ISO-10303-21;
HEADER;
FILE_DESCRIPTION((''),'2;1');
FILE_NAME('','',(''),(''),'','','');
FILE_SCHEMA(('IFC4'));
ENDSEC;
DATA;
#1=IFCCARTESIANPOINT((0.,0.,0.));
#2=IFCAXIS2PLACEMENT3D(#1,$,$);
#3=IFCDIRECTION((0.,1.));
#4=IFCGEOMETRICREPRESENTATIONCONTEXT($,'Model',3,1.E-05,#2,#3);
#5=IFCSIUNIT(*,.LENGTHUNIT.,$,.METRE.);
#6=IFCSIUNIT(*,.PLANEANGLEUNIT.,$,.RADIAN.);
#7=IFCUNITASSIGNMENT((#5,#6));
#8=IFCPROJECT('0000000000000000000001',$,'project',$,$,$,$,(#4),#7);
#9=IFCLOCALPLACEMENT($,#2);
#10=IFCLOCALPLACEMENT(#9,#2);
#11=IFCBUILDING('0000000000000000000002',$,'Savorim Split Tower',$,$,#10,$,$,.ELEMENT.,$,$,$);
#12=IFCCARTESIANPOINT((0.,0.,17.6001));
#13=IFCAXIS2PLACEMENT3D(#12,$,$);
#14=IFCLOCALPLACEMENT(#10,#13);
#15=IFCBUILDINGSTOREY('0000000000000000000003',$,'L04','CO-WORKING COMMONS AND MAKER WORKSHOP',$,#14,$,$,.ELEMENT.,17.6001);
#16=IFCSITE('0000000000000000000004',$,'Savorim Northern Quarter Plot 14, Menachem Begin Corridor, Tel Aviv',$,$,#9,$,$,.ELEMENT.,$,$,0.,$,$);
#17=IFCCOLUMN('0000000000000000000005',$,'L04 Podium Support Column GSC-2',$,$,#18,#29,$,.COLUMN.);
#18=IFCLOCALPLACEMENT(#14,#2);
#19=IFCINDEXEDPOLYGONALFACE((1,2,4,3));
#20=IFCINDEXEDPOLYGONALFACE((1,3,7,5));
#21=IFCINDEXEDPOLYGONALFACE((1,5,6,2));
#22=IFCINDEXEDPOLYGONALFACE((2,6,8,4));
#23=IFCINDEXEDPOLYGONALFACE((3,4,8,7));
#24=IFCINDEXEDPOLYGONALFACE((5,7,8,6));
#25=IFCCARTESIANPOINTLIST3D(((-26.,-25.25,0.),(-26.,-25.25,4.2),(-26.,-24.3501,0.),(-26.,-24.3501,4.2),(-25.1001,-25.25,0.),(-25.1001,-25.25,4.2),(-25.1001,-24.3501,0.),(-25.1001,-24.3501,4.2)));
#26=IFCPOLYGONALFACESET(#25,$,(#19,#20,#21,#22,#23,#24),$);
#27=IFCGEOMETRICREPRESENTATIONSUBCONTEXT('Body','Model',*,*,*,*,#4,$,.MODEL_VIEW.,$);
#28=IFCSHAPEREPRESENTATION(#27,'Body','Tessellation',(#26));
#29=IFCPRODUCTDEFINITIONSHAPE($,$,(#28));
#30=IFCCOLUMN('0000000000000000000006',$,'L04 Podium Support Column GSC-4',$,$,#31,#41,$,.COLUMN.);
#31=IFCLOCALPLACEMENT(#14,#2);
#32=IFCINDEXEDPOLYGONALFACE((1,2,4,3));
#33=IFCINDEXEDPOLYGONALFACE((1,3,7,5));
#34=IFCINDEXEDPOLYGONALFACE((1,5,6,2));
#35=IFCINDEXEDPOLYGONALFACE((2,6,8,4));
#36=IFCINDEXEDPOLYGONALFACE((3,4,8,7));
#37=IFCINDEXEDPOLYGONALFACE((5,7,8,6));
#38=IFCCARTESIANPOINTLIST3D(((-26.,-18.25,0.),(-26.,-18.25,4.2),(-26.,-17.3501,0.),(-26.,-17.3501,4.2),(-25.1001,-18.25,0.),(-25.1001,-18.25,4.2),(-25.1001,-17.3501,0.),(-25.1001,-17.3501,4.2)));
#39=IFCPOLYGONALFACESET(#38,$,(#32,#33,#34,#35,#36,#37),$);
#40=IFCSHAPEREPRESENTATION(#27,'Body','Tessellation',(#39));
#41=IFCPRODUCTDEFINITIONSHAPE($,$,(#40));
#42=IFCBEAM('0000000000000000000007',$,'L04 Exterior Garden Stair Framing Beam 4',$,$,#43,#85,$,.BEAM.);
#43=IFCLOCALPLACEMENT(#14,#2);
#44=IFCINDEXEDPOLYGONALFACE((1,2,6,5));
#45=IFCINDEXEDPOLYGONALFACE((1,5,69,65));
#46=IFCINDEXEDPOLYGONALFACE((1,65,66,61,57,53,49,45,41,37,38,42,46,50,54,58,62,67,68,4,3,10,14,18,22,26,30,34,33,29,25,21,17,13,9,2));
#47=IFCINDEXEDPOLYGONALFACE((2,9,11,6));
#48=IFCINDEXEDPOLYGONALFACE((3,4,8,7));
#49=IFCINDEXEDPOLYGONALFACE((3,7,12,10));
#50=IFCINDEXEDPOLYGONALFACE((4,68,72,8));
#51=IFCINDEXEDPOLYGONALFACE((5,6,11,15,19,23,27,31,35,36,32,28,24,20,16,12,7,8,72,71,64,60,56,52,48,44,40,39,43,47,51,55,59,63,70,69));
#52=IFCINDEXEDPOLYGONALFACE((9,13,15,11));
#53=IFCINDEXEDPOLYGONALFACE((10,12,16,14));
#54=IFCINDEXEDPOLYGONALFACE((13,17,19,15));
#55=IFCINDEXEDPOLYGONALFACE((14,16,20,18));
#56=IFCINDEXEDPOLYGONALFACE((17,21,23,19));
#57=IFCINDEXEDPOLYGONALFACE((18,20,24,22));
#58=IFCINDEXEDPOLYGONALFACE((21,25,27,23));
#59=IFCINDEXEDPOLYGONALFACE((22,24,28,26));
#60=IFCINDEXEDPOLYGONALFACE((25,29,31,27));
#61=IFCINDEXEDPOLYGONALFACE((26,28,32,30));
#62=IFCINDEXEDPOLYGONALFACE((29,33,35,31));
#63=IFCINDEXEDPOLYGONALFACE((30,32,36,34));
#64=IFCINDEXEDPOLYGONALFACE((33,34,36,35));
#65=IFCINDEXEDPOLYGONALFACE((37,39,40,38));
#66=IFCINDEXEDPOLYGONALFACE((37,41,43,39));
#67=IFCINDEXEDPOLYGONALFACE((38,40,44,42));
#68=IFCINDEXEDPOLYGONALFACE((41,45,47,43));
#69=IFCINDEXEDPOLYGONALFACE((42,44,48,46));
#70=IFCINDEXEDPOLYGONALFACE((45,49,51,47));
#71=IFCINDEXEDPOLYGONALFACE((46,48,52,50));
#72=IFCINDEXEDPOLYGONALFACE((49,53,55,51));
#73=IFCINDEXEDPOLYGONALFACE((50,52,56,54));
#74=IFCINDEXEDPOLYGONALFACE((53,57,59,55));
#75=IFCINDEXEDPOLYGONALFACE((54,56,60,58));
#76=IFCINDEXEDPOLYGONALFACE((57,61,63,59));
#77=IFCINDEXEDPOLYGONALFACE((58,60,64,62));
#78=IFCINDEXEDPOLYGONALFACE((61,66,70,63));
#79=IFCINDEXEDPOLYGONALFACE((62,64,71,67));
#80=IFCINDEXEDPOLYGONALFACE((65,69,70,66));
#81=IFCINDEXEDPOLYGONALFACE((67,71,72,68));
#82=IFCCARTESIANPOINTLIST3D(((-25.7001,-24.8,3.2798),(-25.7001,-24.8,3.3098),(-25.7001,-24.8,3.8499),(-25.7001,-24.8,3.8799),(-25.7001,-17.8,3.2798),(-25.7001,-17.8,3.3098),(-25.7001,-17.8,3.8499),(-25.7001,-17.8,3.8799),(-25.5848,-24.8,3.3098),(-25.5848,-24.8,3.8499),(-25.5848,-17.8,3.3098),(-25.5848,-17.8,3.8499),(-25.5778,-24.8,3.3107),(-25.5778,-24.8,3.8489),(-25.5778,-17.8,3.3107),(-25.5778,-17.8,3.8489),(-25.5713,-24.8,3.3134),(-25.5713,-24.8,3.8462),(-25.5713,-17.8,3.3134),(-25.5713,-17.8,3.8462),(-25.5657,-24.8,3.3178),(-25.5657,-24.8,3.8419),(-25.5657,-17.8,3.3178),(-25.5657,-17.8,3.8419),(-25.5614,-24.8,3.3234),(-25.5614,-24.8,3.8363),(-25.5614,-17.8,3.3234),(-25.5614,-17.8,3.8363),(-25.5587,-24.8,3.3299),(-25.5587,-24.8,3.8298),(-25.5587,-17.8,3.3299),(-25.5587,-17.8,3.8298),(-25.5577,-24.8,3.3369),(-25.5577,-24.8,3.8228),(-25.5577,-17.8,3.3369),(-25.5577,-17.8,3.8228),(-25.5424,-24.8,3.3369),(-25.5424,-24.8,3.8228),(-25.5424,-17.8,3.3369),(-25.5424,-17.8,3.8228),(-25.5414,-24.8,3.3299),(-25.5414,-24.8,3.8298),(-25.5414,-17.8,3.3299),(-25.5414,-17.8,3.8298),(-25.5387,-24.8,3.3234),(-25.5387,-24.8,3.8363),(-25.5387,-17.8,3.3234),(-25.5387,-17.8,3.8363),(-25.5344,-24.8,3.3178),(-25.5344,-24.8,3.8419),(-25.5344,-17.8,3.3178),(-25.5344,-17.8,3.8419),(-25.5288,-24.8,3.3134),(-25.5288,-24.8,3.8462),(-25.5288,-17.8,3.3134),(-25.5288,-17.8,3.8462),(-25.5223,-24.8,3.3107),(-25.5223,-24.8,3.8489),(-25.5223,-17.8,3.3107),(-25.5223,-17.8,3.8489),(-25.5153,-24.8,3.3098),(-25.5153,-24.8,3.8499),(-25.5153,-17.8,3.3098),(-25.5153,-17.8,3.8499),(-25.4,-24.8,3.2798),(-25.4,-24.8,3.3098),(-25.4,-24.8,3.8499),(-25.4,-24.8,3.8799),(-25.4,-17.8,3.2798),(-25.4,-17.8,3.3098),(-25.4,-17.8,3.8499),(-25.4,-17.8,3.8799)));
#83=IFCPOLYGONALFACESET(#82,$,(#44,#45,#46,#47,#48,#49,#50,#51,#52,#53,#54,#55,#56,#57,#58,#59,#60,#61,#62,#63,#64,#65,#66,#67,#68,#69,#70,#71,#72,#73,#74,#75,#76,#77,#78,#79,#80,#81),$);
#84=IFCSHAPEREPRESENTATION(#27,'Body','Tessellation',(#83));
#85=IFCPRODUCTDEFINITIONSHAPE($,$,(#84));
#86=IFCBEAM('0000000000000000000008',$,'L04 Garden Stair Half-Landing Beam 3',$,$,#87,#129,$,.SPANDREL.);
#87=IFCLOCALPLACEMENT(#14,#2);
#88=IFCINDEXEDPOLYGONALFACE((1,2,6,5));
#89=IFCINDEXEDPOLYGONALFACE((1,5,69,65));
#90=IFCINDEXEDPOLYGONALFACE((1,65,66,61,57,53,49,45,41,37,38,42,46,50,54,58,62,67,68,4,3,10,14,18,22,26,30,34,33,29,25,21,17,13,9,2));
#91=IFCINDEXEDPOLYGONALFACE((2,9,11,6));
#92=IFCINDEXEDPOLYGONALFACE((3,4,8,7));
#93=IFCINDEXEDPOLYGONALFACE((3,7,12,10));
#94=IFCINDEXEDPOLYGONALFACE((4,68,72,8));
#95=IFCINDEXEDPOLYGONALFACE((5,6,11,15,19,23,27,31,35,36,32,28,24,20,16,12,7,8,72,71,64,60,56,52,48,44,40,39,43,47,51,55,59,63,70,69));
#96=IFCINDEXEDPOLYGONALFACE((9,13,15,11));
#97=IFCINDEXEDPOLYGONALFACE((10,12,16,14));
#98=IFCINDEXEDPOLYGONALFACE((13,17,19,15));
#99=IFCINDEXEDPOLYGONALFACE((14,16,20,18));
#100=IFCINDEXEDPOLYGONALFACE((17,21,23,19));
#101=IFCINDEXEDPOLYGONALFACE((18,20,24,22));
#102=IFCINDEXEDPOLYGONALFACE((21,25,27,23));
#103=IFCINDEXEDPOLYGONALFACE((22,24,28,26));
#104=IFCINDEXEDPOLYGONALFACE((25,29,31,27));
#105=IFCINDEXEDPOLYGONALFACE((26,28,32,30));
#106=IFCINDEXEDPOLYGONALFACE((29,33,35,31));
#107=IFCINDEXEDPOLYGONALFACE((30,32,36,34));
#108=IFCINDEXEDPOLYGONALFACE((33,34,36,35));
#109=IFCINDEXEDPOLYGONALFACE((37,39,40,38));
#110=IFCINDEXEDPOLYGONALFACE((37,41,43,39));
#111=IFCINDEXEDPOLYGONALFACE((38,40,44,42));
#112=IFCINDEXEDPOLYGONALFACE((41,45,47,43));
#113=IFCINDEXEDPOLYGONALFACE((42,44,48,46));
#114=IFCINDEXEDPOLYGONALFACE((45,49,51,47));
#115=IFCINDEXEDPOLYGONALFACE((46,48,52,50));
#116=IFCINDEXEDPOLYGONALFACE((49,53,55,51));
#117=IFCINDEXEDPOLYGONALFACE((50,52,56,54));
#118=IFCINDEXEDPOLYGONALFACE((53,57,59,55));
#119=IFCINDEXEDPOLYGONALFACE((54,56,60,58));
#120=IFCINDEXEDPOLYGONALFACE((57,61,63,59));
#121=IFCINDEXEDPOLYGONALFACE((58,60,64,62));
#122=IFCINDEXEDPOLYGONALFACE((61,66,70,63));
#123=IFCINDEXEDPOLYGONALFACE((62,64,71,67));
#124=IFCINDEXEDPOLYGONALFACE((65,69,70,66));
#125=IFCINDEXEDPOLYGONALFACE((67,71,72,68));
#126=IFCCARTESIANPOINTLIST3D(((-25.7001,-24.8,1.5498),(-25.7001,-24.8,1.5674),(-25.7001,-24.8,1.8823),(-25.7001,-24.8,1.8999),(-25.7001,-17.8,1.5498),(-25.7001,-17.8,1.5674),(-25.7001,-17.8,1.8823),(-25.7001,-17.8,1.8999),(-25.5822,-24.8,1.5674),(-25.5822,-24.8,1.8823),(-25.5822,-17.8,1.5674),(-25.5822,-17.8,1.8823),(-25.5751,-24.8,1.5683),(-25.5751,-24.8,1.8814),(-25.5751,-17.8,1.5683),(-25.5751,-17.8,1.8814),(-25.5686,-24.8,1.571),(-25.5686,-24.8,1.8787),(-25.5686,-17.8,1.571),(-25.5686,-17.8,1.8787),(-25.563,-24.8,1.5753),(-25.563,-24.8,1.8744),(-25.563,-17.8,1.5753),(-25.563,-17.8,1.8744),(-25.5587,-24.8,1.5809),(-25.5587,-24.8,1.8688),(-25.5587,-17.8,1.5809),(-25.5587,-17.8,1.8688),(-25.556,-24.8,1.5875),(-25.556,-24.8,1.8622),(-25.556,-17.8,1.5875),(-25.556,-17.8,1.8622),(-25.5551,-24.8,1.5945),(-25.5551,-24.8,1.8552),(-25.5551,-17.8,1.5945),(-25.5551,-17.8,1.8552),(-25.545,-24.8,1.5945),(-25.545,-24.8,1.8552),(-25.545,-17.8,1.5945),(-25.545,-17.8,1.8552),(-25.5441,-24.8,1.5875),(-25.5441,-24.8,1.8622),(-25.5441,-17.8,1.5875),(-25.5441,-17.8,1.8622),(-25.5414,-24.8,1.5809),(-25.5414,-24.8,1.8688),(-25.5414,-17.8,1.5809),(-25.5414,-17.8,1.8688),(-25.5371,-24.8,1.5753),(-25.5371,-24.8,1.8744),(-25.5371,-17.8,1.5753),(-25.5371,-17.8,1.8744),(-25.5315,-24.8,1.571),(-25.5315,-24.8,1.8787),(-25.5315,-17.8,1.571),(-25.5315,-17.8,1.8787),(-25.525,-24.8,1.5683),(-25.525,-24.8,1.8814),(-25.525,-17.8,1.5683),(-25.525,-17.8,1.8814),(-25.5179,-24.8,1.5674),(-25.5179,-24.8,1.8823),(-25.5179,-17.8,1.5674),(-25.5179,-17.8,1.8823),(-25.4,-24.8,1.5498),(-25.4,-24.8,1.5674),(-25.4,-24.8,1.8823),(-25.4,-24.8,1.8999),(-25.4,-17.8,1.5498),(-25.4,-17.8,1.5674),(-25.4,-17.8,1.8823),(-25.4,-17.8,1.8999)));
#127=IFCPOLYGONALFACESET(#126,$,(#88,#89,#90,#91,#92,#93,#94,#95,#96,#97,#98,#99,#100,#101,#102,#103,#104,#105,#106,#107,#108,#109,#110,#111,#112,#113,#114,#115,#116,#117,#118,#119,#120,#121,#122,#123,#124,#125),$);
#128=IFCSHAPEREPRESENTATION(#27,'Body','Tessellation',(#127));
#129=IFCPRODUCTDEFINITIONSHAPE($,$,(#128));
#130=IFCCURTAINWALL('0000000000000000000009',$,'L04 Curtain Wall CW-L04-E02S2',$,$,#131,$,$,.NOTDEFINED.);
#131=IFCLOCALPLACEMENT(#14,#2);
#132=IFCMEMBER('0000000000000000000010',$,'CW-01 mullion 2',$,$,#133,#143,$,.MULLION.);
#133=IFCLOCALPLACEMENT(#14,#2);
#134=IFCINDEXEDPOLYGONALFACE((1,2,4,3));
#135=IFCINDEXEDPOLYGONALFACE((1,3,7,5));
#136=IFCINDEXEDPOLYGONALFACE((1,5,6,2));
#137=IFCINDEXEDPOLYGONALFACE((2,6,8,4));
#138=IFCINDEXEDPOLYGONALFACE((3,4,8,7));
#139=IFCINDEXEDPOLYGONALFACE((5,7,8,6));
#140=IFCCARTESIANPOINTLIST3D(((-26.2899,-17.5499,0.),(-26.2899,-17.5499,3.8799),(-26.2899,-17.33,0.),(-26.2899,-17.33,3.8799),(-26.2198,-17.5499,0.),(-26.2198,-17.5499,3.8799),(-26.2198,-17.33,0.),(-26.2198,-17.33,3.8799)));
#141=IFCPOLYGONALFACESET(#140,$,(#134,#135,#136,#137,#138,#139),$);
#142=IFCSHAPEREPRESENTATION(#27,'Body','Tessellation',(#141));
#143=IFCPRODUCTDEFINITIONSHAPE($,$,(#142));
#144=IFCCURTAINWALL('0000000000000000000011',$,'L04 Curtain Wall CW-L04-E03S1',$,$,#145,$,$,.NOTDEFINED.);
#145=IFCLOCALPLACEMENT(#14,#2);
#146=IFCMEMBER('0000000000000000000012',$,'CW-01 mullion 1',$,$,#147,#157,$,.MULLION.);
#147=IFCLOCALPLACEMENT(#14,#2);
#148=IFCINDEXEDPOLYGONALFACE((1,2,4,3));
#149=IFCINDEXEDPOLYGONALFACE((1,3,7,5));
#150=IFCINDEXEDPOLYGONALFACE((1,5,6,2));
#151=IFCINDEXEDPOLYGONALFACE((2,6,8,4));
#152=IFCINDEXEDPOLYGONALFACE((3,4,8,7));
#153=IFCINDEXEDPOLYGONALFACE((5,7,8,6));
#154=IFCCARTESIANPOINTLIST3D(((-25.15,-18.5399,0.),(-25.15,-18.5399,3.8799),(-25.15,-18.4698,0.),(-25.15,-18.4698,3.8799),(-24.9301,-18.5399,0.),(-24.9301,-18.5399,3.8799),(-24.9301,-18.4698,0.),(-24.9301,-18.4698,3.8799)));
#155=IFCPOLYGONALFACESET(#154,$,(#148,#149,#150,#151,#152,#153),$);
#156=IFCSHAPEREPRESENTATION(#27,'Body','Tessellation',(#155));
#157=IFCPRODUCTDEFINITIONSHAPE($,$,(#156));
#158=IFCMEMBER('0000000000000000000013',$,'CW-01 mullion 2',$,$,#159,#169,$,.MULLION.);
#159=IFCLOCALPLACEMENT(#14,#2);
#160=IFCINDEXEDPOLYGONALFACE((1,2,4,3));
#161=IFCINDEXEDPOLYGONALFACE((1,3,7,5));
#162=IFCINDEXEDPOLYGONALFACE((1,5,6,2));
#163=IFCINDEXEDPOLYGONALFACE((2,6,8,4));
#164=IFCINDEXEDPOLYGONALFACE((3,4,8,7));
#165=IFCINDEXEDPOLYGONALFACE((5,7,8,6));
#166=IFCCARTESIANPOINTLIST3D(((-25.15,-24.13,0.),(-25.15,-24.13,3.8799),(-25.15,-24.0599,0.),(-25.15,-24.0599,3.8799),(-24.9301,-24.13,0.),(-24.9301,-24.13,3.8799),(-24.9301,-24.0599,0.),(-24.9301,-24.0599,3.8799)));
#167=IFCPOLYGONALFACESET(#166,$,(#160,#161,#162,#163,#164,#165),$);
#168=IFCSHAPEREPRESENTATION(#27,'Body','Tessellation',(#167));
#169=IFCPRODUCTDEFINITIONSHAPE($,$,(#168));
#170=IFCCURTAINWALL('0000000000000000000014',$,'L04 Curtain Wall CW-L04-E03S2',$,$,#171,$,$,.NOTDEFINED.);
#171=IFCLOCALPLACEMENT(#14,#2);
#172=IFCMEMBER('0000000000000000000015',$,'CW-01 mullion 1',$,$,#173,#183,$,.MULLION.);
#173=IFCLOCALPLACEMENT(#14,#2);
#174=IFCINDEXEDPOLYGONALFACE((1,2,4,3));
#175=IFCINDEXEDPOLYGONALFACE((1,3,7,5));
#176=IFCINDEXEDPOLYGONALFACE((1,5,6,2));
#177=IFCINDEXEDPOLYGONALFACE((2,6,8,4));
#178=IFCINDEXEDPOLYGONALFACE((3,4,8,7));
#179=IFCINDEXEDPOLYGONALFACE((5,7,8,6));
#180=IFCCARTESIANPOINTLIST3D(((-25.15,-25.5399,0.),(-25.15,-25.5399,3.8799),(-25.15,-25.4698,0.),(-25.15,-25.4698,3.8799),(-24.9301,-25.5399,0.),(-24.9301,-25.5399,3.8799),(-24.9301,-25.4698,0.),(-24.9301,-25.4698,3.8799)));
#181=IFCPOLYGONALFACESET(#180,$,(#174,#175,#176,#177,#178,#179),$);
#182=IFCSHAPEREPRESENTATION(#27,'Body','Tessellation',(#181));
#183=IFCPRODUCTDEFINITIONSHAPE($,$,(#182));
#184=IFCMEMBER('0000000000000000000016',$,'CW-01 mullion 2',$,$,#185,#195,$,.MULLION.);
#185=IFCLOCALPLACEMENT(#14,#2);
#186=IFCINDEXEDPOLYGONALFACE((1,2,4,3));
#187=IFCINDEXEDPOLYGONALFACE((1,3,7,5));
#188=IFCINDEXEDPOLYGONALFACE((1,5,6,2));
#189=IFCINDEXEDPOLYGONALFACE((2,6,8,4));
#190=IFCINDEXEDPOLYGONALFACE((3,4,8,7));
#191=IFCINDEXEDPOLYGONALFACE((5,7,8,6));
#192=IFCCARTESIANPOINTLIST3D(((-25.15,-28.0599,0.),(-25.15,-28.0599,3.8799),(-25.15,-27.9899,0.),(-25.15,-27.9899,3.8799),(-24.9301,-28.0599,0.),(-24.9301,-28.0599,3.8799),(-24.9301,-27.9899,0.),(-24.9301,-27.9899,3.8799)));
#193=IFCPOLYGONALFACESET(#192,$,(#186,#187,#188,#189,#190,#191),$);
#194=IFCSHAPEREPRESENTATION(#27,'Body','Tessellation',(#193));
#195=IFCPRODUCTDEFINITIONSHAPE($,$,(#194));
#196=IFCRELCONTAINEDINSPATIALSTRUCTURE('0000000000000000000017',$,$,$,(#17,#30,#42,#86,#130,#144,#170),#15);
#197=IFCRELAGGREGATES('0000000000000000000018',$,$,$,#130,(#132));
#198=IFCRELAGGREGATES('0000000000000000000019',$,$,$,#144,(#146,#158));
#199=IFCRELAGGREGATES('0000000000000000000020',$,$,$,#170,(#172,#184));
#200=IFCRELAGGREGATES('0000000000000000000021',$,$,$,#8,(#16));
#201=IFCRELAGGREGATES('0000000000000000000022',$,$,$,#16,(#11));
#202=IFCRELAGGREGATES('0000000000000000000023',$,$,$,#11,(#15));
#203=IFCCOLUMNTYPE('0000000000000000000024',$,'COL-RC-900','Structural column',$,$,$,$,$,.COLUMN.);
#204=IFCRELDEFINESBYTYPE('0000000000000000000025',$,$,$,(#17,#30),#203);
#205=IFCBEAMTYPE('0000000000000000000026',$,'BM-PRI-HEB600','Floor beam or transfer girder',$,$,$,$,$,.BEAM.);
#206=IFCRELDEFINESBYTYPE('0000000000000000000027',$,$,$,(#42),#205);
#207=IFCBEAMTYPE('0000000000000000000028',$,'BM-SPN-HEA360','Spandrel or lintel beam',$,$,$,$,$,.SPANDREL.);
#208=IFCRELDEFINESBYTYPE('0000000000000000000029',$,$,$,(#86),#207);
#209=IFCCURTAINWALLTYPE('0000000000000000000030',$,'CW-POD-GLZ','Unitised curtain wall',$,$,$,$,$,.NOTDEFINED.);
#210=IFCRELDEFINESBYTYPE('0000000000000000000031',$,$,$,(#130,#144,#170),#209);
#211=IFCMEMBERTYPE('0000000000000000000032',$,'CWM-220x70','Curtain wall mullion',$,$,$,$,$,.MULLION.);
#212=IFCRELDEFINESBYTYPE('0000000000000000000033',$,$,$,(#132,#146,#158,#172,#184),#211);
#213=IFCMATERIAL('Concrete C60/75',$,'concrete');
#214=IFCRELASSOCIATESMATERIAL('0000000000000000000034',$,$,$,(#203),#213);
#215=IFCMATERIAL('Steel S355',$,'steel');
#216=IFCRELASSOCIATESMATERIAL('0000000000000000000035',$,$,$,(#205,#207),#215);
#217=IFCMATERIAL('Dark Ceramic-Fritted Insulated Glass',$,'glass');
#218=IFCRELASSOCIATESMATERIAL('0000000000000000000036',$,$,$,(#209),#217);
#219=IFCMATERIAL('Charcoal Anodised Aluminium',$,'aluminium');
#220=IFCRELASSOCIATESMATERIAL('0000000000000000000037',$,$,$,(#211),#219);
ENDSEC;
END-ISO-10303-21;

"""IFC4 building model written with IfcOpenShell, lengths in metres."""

from ifc_helpers import new_model, si_unit, direction, frame, origin, origin_2d, place, context, subcontext, project, spatial, rectangle, i_section, extrude, material, material_profile, profile_set, type_object, element, aggregate, save


model = new_model("IFC4")

# Units and contexts
model_context = context("Model", 3, precision=1e-05, world=origin(), true_north=direction((0.0, 1.0)))
body_context = subcontext(model_context, "Body", "Model", "MODEL_VIEW")
ifc_project = project(units=[si_unit("LENGTHUNIT", "METRE"), si_unit("PLANEANGLEUNIT", "RADIAN")], contexts=[model_context])

# Site, building, storey
site_placement = place(None, origin())
site = spatial("IfcSite", under=ifc_project, at=site_placement, Name="Savorim Northern Quarter Plot 14, Menachem Begin Corridor, Tel Aviv", CompositionType="ELEMENT", RefElevation=0.0)
building_placement = place(site_placement, origin())
building = spatial("IfcBuilding", under=site, at=building_placement, Name="Savorim Split Tower", CompositionType="ELEMENT")
storey_placement = place(building_placement, frame((0.0, 0.0, 17.6001)))
storey = spatial("IfcBuildingStorey", under=building, at=storey_placement, Name="L04", Description="CO-WORKING COMMONS AND MAKER WORKSHOP", CompositionType="ELEMENT", Elevation=17.6001)

# Columns
ifc_material_1 = material(Name="Concrete C60/75", Category="concrete")
ifc_material_profile_1 = material_profile(ifc_material_1, rectangle(XDim=0.8999, YDim=0.8999, at=origin_2d()), Name="RC 900x900")
ifc_profile_set_1 = profile_set([ifc_material_profile_1], Name="Concrete C60/75")
column_type = type_object("IfcColumnType", Name="COL-RC-900", Description="Structural column", PredefinedType="COLUMN", material=ifc_profile_set_1)
for number, where, z_axis, x_axis, name in (
    (1, (-25.55, -24.8, 0.0), (0.0, 0.0, 1.0), (1.0, 0.0, 0.0), "L04 Podium Support Column GSC-2"),
    (2, (-25.55, -17.8, 0.0), (0.0, 0.0, 1.0), (1.0, 0.0, 0.0), "L04 Podium Support Column GSC-4"),
):
    element("IfcColumn", number, at=place(storey_placement, frame(where, z_axis=z_axis, x_axis=x_axis)), inside=storey, type_object=column_type, Name=name, PredefinedType="COLUMN", context=body_context, shape_type="SweptSolid", body=[
        extrude(rectangle(XDim=0.8999, YDim=0.8999, at=origin_2d()), origin(), (0.0, 0.0, 1.0), 4.2),
    ])

# Beams
ifc_material_2 = material(Name="Steel S355", Category="steel")
ifc_material_profile_2 = material_profile(ifc_material_2, i_section(OverallWidth=0.3, OverallDepth=0.6001, WebThickness=0.0154, FlangeThickness=0.03, FilletRadius=0.0271, at=origin_2d()), Name="HEB 600")
ifc_profile_set_2 = profile_set([ifc_material_profile_2], Name="Steel S355")
beam_type_1 = type_object("IfcBeamType", Name="BM-PRI-HEB600", Description="Floor beam or transfer girder", PredefinedType="BEAM", material=ifc_profile_set_2)
beam_1_placement = place(storey_placement, frame((-25.55, -24.8, 3.5798), z_axis=(0.0, 1.0, 0.0), x_axis=(-1.0, 0.0, 0.0)))
element("IfcBeam", 3, at=beam_1_placement, inside=storey, type_object=beam_type_1, Name="L04 Exterior Garden Stair Framing Beam 4", PredefinedType="BEAM", context=body_context, shape_type="SweptSolid", body=[
    extrude(i_section(OverallWidth=0.3, OverallDepth=0.6001, WebThickness=0.0154, FlangeThickness=0.03, FilletRadius=0.0271, at=origin_2d()), origin(), (0.0, 0.0, 1.0), 7.0),
])
ifc_material_profile_3 = material_profile(ifc_material_2, i_section(OverallWidth=0.3, OverallDepth=0.3501, WebThickness=0.01, FlangeThickness=0.0176, FilletRadius=0.0271, at=origin_2d()), Name="HEA 360")
ifc_profile_set_3 = profile_set([ifc_material_profile_3], Name="Steel S355")
beam_type_2 = type_object("IfcBeamType", Name="BM-SPN-HEA360", Description="Spandrel or lintel beam", PredefinedType="SPANDREL", material=ifc_profile_set_3)
beam_2_placement = place(storey_placement, frame((-25.55, -24.8, 1.7249), z_axis=(0.0, 1.0, 0.0), x_axis=(-1.0, 0.0, 0.0)))
element("IfcBeam", 4, at=beam_2_placement, inside=storey, type_object=beam_type_2, Name="L04 Garden Stair Half-Landing Beam 3", PredefinedType="SPANDREL", context=body_context, shape_type="SweptSolid", body=[
    extrude(i_section(OverallWidth=0.3, OverallDepth=0.3501, WebThickness=0.01, FlangeThickness=0.0176, FilletRadius=0.0271, at=origin_2d()), origin(), (0.0, 0.0, 1.0), 7.0),
])

# Curtain wall, member
ifc_material_3 = material(Name="Dark Ceramic-Fritted Insulated Glass", Category="glass")
curtain_wall_type = type_object("IfcCurtainWallType", Name="CW-POD-GLZ", Description="Unitised curtain wall", PredefinedType="NOTDEFINED", material=ifc_material_3)
curtain_wall_1_placement = place(storey_placement, origin())
curtain_wall_1 = element("IfcCurtainWall", 5, at=curtain_wall_1_placement, inside=storey, type_object=curtain_wall_type, Name="L04 Curtain Wall CW-L04-E02S2", PredefinedType="NOTDEFINED")
ifc_material_4 = material(Name="Charcoal Anodised Aluminium", Category="aluminium")
ifc_material_profile_4 = material_profile(ifc_material_4, rectangle(XDim=0.22, YDim=0.0701, at=origin_2d()), Name="ALU-M 220x70")
ifc_profile_set_4 = profile_set([ifc_material_profile_4], Name="Charcoal Anodised Aluminium")
member_type_1 = type_object("IfcMemberType", Name="CWM-220x70", Description="Curtain wall mullion", PredefinedType="MULLION", material=ifc_profile_set_4)
member_1_placement = place(storey_placement, frame((-26.2549, -17.4399, 0.0), z_axis=(0.0, 0.0, 1.0), x_axis=(0.0, 1.0, 0.0)))
member_1 = element("IfcMember", 6, at=member_1_placement, type_object=member_type_1, Name="CW-01 mullion 2", PredefinedType="MULLION", context=body_context, shape_type="SweptSolid", body=[
    extrude(rectangle(XDim=0.22, YDim=0.0701, at=origin_2d()), origin(), (0.0, 0.0, 1.0), 3.8799),
])
aggregate(curtain_wall_1, [member_1])

# Curtain walls, members
curtain_wall_2_placement = place(storey_placement, origin())
curtain_wall_2 = element("IfcCurtainWall", 7, at=curtain_wall_2_placement, inside=storey, type_object=curtain_wall_type, Name="L04 Curtain Wall CW-L04-E03S1", PredefinedType="NOTDEFINED")
member_2_placement = place(storey_placement, frame((-25.04, -18.5049, 0.0), z_axis=(0.0, 0.0, 1.0), x_axis=(1.0, 0.0, 0.0)))
member_2 = element("IfcMember", 8, at=member_2_placement, type_object=member_type_1, Name="CW-01 mullion 1", PredefinedType="MULLION", context=body_context, shape_type="SweptSolid", body=[
    extrude(rectangle(XDim=0.22, YDim=0.0701, at=origin_2d()), origin(), (0.0, 0.0, 1.0), 3.8799),
])
member_3_placement = place(storey_placement, frame((-25.04, -24.095, 0.0), z_axis=(0.0, 0.0, 1.0), x_axis=(1.0, 0.0, 0.0)))
member_3 = element("IfcMember", 9, at=member_3_placement, type_object=member_type_1, Name="CW-01 mullion 2", PredefinedType="MULLION", context=body_context, shape_type="SweptSolid", body=[
    extrude(rectangle(XDim=0.22, YDim=0.0701, at=origin_2d()), origin(), (0.0, 0.0, 1.0), 3.8799),
])
curtain_wall_3_placement = place(storey_placement, origin())
curtain_wall_3 = element("IfcCurtainWall", 10, at=curtain_wall_3_placement, inside=storey, type_object=curtain_wall_type, Name="L04 Curtain Wall CW-L04-E03S2", PredefinedType="NOTDEFINED")
member_4_placement = place(storey_placement, frame((-25.04, -25.5049, 0.0), z_axis=(0.0, 0.0, 1.0), x_axis=(1.0, 0.0, 0.0)))
member_4 = element("IfcMember", 11, at=member_4_placement, type_object=member_type_1, Name="CW-01 mullion 1", PredefinedType="MULLION", context=body_context, shape_type="SweptSolid", body=[
    extrude(rectangle(XDim=0.22, YDim=0.0701, at=origin_2d()), origin(), (0.0, 0.0, 1.0), 3.8799),
])
member_5_placement = place(storey_placement, frame((-25.04, -28.0249, 0.0), z_axis=(0.0, 0.0, 1.0), x_axis=(1.0, 0.0, 0.0)))
member_5 = element("IfcMember", 12, at=member_5_placement, type_object=member_type_1, Name="CW-01 mullion 2", PredefinedType="MULLION", context=body_context, shape_type="SweptSolid", body=[
    extrude(rectangle(XDim=0.22, YDim=0.0701, at=origin_2d()), origin(), (0.0, 0.0, 1.0), 3.8799),
])

aggregate(curtain_wall_2, [member_2, member_3])
aggregate(curtain_wall_3, [member_4, member_5])

save(model, "model.ifc")
